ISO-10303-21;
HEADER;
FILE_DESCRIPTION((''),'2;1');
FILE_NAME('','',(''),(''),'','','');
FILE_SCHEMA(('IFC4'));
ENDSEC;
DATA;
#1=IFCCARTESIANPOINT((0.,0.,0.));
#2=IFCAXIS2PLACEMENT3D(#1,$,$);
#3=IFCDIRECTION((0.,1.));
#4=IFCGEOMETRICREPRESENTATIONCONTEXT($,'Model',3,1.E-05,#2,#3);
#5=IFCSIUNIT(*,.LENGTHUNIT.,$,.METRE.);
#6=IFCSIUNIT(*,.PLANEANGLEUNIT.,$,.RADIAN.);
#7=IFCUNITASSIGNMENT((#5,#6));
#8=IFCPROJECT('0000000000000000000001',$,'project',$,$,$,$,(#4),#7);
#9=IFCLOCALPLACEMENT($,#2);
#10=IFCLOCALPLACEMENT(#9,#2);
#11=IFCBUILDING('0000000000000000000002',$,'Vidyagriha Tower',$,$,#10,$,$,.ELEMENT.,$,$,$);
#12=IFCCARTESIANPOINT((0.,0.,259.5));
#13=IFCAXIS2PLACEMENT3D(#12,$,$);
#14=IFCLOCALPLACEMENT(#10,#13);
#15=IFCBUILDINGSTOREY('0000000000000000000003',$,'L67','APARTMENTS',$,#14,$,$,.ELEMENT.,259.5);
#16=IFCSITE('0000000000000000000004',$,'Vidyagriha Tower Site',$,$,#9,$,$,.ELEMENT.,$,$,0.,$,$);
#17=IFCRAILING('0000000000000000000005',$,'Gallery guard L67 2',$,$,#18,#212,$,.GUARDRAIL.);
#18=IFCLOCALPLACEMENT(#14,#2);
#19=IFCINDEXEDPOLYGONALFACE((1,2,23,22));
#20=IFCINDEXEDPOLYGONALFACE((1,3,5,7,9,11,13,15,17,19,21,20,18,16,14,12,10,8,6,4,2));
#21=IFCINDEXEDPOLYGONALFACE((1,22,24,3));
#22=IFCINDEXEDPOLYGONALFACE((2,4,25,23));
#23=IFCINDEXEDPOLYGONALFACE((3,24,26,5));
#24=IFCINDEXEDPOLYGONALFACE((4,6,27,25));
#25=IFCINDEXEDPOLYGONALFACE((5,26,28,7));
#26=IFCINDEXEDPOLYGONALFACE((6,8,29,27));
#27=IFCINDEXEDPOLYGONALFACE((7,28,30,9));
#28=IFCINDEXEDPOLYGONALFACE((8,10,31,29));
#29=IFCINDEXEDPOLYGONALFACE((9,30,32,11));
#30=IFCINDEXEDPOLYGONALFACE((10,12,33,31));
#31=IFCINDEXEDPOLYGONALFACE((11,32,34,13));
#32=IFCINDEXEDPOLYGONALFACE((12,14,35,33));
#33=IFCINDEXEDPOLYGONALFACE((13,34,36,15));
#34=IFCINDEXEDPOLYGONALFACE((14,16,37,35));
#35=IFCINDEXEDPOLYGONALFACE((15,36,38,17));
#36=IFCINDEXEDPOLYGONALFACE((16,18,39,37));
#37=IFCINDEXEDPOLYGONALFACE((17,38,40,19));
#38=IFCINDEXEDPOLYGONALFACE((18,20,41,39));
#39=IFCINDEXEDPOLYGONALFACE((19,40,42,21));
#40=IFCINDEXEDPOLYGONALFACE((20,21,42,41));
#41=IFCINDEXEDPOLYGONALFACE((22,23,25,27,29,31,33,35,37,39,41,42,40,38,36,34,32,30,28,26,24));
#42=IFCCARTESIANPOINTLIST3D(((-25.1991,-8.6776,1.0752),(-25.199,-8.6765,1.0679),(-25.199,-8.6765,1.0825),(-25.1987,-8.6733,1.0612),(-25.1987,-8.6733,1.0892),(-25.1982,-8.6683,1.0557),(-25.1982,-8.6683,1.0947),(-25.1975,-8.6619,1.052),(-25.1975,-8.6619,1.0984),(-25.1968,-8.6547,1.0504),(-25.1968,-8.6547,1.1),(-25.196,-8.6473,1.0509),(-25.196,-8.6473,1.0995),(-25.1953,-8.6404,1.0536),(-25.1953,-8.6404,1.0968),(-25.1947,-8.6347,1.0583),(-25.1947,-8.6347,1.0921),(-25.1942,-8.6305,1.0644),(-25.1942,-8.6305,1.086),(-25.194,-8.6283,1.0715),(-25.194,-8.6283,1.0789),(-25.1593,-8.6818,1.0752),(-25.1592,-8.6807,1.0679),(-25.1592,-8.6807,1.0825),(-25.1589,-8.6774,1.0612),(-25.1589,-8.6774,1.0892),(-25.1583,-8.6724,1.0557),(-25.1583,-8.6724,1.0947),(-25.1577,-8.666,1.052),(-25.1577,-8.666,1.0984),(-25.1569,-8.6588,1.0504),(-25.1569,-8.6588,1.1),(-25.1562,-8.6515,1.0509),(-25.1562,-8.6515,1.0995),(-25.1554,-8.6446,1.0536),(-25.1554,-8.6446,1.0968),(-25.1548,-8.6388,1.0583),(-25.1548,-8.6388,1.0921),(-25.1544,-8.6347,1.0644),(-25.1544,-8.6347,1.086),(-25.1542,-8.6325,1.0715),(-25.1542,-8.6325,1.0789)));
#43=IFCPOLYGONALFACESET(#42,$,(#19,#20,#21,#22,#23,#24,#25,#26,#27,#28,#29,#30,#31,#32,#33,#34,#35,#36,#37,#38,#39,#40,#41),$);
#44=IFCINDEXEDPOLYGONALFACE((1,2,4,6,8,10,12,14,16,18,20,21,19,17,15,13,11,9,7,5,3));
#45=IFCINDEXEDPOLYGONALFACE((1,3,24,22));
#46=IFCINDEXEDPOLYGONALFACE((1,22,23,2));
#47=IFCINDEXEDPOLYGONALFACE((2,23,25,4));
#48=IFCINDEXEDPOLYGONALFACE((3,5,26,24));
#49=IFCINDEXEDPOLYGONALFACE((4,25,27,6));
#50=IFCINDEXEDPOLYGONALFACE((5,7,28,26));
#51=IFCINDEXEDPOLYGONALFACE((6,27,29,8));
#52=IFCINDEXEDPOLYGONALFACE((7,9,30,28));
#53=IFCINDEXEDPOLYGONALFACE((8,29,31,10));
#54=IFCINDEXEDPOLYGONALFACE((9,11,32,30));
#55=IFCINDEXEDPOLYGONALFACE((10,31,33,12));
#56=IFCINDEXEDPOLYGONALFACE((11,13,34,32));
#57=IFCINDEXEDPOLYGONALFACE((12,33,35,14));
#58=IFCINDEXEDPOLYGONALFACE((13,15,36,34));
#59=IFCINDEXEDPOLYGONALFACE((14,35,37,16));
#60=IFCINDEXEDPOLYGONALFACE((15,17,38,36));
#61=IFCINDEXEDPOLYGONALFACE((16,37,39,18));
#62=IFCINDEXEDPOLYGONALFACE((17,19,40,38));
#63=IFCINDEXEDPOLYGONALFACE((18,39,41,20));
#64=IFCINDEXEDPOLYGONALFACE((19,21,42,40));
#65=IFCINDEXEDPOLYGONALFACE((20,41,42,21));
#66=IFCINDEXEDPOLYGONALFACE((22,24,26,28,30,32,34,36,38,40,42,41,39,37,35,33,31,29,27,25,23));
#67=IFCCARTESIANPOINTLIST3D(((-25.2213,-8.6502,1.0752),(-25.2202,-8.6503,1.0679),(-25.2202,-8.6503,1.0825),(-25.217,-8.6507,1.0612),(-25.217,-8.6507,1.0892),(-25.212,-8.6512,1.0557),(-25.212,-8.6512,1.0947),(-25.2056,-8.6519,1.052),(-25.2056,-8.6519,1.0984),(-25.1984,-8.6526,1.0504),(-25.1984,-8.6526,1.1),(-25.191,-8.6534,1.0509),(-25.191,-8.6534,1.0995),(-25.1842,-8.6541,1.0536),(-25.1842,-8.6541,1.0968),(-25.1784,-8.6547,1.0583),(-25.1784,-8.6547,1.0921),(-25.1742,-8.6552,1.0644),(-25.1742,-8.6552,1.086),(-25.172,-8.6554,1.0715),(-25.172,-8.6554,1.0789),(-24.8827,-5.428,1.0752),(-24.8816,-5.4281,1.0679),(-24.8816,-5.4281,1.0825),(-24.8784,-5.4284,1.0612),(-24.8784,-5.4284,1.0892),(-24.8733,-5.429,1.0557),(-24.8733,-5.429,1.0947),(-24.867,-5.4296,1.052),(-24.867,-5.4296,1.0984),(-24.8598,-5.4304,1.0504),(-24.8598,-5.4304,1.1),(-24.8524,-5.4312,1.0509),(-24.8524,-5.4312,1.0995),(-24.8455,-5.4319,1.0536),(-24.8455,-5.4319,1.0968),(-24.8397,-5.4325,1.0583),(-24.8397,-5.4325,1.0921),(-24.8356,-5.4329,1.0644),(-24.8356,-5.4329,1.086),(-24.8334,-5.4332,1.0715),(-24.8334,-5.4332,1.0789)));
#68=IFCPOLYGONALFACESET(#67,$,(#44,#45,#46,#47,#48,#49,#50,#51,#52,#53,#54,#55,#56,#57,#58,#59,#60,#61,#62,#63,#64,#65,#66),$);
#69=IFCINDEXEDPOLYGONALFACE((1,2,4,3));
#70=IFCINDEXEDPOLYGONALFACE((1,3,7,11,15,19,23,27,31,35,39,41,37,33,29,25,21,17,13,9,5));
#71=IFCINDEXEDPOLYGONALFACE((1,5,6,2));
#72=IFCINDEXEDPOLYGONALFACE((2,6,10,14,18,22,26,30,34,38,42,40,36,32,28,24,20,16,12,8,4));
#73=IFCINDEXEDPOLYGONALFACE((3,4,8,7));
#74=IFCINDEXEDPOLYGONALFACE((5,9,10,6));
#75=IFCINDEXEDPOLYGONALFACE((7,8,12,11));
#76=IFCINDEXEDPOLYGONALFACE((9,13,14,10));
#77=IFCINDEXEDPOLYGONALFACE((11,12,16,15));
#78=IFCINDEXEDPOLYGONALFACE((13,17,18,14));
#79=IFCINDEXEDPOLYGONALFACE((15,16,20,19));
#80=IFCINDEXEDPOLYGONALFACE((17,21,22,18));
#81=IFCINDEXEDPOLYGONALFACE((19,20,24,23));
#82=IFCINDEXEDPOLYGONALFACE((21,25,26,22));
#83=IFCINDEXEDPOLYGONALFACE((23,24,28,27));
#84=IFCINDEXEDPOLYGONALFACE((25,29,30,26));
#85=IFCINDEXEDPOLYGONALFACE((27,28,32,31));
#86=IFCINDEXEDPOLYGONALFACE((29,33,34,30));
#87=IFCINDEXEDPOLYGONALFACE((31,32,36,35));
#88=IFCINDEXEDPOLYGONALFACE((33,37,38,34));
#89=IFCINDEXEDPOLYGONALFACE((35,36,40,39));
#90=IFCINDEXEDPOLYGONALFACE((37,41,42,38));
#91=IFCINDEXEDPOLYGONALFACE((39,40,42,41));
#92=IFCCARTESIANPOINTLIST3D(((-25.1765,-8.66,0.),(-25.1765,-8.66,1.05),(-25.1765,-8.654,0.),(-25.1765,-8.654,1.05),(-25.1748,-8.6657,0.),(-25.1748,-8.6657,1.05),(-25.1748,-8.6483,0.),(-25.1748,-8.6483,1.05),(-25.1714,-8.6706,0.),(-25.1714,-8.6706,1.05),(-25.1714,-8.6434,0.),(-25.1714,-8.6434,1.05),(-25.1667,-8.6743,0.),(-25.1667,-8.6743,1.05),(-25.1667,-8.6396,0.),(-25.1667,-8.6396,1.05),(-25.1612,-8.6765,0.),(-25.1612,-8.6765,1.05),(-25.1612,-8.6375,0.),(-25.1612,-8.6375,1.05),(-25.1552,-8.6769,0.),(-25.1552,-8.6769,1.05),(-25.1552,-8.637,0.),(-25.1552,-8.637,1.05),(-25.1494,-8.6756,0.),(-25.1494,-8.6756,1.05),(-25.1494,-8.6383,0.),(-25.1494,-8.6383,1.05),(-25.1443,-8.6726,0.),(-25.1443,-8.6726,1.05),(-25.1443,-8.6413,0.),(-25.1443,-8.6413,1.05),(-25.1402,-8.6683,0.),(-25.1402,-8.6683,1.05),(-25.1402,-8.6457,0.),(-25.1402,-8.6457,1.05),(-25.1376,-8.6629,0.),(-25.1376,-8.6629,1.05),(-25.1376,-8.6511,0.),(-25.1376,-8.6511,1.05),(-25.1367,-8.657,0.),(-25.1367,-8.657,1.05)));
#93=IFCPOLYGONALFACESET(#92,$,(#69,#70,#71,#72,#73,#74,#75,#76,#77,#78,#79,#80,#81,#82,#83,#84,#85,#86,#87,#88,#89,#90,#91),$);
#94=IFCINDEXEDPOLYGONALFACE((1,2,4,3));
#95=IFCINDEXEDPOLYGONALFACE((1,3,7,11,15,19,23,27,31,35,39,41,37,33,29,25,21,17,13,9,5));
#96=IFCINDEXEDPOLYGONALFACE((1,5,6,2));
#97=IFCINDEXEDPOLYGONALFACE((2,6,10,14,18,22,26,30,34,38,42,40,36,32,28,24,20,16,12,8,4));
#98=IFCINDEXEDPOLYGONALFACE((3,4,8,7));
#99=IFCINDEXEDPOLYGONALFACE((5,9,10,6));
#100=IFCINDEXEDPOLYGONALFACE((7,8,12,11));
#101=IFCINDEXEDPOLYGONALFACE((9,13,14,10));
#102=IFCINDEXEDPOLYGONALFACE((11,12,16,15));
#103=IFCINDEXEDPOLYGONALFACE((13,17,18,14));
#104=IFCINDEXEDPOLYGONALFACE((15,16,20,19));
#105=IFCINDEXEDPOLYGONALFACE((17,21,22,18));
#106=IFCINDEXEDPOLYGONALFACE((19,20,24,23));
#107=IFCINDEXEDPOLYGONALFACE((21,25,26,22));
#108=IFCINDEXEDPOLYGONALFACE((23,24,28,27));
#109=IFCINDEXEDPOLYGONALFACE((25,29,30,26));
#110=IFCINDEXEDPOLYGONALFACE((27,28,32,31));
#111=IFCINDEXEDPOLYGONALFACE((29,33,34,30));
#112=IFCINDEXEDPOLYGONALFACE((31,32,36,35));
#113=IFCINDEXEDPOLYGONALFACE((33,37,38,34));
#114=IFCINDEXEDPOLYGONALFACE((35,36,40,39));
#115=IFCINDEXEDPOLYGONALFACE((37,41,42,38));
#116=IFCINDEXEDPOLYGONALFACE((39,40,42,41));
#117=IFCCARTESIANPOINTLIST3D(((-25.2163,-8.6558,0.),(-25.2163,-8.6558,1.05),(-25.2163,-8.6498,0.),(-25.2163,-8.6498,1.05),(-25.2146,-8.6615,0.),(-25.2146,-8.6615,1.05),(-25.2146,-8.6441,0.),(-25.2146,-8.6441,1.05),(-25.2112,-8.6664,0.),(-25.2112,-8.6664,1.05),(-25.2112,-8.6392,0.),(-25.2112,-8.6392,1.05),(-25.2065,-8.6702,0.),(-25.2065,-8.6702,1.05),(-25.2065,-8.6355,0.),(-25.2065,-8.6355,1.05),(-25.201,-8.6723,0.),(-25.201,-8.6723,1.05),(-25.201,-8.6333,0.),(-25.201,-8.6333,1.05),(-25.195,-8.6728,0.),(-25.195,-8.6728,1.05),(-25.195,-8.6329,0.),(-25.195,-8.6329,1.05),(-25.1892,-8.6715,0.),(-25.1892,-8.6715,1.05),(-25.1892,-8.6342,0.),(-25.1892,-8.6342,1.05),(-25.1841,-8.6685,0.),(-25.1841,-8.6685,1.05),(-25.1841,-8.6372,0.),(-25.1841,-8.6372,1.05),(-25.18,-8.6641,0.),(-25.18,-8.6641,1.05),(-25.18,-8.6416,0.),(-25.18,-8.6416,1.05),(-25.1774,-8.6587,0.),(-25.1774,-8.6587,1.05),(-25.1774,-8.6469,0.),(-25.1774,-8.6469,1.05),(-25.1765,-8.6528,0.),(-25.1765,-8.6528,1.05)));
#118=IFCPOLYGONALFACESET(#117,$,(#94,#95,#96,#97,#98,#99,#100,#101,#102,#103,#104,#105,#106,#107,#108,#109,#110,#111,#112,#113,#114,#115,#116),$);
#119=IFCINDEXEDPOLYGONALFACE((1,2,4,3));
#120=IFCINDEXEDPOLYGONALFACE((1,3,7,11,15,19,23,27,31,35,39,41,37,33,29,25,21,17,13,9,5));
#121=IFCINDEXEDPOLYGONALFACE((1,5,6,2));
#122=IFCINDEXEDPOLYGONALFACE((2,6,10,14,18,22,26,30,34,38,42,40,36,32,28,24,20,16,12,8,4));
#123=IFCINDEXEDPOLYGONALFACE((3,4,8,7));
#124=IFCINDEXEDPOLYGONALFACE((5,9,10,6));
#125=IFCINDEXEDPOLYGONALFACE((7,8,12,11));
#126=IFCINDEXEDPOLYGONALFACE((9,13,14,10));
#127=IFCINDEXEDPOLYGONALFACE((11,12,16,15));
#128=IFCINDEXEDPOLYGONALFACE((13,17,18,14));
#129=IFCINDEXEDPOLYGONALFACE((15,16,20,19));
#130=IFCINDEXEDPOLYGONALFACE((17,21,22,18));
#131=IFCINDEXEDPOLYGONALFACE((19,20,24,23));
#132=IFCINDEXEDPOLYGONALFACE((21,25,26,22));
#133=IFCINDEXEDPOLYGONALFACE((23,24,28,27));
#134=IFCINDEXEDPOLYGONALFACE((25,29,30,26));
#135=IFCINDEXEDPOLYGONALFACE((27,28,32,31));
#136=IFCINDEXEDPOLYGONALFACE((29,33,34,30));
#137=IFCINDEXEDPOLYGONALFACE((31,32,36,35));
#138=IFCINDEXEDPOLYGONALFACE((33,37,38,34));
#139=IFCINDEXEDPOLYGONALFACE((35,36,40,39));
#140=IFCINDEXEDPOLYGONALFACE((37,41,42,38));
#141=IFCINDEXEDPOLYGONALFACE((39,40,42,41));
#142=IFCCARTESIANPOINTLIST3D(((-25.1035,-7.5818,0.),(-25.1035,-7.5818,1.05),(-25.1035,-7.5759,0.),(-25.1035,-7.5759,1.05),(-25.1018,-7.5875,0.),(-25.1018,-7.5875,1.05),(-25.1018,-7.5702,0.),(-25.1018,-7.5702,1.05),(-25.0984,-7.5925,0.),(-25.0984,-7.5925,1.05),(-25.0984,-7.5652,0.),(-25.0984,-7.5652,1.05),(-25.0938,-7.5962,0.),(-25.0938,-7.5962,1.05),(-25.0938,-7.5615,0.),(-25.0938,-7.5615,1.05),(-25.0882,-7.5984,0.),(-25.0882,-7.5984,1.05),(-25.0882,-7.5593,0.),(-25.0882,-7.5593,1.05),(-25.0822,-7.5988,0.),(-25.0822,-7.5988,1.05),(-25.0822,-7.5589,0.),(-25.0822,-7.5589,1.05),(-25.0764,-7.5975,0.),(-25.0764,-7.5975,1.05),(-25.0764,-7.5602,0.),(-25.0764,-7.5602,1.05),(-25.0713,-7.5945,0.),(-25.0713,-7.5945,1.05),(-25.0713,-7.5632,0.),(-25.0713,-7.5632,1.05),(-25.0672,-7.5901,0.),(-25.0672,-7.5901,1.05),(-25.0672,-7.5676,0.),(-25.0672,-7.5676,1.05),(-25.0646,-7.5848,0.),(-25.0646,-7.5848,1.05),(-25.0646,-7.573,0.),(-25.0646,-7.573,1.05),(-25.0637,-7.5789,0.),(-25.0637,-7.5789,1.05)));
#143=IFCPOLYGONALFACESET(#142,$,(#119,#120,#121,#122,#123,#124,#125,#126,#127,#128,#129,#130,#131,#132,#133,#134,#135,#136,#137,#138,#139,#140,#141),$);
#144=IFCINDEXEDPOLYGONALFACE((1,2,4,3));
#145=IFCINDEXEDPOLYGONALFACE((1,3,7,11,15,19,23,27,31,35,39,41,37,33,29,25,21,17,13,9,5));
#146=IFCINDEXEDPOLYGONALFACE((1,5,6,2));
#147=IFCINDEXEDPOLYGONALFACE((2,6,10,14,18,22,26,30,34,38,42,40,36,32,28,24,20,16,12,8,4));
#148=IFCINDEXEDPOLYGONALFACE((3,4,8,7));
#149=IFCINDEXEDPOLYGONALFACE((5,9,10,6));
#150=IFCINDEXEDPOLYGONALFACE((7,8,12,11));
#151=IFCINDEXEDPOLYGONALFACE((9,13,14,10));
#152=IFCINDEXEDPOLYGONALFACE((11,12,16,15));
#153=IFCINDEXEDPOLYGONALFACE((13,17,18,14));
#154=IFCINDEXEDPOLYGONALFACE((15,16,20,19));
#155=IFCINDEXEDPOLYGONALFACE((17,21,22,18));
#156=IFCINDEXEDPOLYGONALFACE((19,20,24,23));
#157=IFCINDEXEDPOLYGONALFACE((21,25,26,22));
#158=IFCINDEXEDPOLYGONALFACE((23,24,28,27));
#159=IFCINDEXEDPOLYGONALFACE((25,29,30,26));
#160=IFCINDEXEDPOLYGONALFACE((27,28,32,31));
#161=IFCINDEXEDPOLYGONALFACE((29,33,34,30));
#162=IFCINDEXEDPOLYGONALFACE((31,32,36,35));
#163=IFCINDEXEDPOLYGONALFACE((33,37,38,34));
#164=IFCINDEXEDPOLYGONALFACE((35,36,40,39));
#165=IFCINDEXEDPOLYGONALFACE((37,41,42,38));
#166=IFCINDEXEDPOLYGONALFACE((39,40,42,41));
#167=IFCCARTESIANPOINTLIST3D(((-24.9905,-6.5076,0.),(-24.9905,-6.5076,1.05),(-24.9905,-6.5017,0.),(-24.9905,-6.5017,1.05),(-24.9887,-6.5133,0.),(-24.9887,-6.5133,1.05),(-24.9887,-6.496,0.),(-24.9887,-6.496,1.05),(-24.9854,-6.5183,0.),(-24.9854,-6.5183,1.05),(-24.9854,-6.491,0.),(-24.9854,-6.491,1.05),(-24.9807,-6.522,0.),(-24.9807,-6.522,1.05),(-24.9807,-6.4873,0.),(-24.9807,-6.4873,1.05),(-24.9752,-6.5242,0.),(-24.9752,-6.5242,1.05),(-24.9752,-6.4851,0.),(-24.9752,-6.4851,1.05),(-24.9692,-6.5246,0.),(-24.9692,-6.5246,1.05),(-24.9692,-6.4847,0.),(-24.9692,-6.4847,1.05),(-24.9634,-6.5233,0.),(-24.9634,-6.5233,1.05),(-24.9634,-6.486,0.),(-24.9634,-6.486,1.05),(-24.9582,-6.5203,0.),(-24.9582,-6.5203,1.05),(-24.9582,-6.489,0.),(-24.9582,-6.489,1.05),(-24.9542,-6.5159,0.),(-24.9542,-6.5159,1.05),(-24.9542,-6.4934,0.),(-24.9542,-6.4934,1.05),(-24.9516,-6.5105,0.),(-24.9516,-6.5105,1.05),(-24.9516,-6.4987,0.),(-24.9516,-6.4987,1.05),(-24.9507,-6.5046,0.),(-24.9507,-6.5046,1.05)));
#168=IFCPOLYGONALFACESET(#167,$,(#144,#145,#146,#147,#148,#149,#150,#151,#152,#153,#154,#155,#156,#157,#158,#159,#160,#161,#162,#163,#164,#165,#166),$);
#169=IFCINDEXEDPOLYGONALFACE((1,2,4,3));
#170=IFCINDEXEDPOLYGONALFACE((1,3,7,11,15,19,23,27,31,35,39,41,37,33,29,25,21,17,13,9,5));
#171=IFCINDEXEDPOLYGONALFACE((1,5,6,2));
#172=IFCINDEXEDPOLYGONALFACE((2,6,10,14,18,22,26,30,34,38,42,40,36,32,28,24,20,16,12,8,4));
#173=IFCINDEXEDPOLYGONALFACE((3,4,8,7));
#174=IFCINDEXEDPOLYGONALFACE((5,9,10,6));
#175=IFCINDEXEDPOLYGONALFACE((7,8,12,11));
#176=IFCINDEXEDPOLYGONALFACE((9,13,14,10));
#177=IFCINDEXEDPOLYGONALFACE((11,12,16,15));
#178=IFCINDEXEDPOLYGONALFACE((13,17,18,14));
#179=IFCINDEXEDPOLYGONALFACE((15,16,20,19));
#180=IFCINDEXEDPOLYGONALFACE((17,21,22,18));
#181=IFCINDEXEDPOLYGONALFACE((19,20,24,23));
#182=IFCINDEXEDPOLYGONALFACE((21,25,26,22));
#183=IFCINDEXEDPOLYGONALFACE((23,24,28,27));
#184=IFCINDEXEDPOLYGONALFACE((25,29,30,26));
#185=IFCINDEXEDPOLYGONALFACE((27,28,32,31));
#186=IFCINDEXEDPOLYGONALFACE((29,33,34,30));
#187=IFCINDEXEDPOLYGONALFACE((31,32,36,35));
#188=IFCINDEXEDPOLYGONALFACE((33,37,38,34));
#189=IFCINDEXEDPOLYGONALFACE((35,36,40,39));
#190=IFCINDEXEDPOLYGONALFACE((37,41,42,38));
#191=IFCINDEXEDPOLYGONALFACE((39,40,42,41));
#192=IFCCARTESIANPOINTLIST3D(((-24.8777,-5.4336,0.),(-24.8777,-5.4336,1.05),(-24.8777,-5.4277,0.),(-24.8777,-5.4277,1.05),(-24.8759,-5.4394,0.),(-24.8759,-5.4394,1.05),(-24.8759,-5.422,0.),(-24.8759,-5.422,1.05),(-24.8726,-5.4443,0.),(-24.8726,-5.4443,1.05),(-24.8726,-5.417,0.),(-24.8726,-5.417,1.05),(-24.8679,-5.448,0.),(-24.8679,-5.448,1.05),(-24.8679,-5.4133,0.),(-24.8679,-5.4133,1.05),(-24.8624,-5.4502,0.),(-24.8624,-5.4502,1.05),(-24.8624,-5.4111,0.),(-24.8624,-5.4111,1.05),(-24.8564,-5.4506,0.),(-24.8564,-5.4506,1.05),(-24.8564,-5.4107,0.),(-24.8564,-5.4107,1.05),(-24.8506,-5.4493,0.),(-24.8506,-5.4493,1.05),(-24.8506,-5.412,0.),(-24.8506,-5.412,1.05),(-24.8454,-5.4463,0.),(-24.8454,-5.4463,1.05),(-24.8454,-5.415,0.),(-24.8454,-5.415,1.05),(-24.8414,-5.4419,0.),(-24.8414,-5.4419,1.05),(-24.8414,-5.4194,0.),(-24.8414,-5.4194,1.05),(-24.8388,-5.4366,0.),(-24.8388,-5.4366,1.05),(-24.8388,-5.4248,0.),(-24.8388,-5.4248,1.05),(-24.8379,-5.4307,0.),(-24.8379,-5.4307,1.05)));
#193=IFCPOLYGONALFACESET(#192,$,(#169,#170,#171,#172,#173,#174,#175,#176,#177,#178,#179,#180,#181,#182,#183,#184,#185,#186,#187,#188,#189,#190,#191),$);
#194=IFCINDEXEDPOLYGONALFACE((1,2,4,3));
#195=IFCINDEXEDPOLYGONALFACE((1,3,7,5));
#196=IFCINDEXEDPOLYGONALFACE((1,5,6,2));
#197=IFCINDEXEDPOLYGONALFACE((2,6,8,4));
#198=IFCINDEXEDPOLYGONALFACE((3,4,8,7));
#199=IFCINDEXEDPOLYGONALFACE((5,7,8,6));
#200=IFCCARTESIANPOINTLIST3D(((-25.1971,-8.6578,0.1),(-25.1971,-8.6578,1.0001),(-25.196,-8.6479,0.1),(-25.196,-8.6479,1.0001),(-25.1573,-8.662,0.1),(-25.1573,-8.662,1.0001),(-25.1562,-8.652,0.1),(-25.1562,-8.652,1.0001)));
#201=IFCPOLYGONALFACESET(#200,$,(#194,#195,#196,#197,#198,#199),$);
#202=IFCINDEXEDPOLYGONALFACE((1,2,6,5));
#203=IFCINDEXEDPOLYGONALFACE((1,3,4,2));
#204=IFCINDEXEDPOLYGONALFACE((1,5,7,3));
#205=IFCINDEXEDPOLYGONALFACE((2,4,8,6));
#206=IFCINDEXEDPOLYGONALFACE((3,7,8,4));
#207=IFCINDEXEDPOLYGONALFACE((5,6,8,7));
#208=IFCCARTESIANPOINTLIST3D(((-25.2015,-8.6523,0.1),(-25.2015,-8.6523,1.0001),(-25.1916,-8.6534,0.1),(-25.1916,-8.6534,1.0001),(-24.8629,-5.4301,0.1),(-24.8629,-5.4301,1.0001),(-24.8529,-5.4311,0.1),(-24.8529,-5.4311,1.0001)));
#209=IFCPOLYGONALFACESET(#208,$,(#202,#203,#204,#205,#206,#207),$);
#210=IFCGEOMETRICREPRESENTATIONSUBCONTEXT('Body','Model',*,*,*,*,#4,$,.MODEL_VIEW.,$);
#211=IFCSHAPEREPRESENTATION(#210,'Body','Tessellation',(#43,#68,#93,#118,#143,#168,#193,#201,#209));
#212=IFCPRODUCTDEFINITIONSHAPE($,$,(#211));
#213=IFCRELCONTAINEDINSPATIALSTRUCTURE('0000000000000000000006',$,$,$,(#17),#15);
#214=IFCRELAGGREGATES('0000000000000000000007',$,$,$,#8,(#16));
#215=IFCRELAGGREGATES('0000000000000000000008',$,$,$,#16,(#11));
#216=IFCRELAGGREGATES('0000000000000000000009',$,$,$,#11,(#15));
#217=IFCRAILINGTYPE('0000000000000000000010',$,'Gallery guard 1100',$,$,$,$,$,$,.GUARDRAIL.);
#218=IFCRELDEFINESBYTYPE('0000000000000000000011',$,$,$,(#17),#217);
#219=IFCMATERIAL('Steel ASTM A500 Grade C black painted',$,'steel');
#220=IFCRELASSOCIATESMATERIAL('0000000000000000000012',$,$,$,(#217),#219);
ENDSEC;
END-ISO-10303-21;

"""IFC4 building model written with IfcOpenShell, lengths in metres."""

from ifc_helpers import new_model, si_unit, direction, frame, origin, origin_2d, place, context, subcontext, project, spatial, rectangle, circle, extrude, material, type_object, element, save


model = new_model("IFC4")

# Units and contexts
model_context = context("Model", 3, precision=1e-05, world=origin(), true_north=direction((0.0, 1.0)))
body_context = subcontext(model_context, "Body", "Model", "MODEL_VIEW")
ifc_project = project(units=[si_unit("LENGTHUNIT", "METRE"), si_unit("PLANEANGLEUNIT", "RADIAN")], contexts=[model_context])

# Site, building, storey
site_placement = place(None, origin())
site = spatial("IfcSite", under=ifc_project, at=site_placement, Name="Vidyagriha Tower Site", CompositionType="ELEMENT", RefElevation=0.0)
building_placement = place(site_placement, origin())
building = spatial("IfcBuilding", under=site, at=building_placement, Name="Vidyagriha Tower", CompositionType="ELEMENT")
storey_placement = place(building_placement, frame((0.0, 0.0, 259.5)))
storey = spatial("IfcBuildingStorey", under=building, at=storey_placement, Name="L67", Description="APARTMENTS", CompositionType="ELEMENT", Elevation=259.5)

# Railing
ifc_material_1 = material(Name="Steel ASTM A500 Grade C black painted", Category="steel")
railing_type_1 = type_object("IfcRailingType", Name="Gallery guard 1100", PredefinedType="GUARDRAIL", material=ifc_material_1)
railing_1_placement = place(storey_placement, frame((-25.1567, -8.657, 0.0)))
element("IfcRailing", 1, at=railing_1_placement, inside=storey, type_object=railing_type_1, Name="Gallery guard L67 2", PredefinedType="GUARDRAIL", context=body_context, shape_type="SweptSolid", body=[
    extrude(circle(Radius=0.0249, at=origin_2d()), frame((0.0, 0.0, 1.0752), z_axis=(-0.994605, 0.103732, 0.0), x_axis=(-0.103732, -0.994605, 0.0)), (0.0, 0.0, 1.0), 0.04),
    extrude(circle(Radius=0.0249, at=origin_2d()), frame((-0.0398, 0.0042, 1.0752), z_axis=(0.104516, 0.994523, 0.0), x_axis=(-0.994523, 0.104516, 0.0)), (0.0, 0.0, 1.0), 3.24),
    extrude(circle(Radius=0.02, at=origin_2d()), origin(), (0.0, 0.0, 1.0), 1.05),
    extrude(circle(Radius=0.02, at=origin_2d()), frame((-0.0398, 0.0042, 0.0)), (0.0, 0.0, 1.0), 1.05),
    extrude(circle(Radius=0.02, at=origin_2d()), frame((0.073, 1.0781, 0.0)), (0.0, 0.0, 1.0), 1.05),
    extrude(circle(Radius=0.02, at=origin_2d()), frame((0.186, 2.1523, 0.0)), (0.0, 0.0, 1.0), 1.05),
    extrude(circle(Radius=0.02, at=origin_2d()), frame((0.2988, 3.2263, 0.0)), (0.0, 0.0, 1.0), 1.05),
    extrude(rectangle(XDim=0.01, YDim=0.9001, at=origin_2d()), frame((0.0, 0.0, 0.55), z_axis=(-0.994605, 0.103732, 0.0), x_axis=(-0.103732, -0.994605, 0.0)), (0.0, 0.0, 1.0), 0.04),
    extrude(rectangle(XDim=0.01, YDim=0.9001, at=origin_2d()), frame((-0.0398, 0.0042, 0.55), z_axis=(0.104516, 0.994523, 0.0), x_axis=(-0.994523, 0.104516, 0.0)), (0.0, 0.0, 1.0), 3.24),
])

save(model, "model.ifc")
